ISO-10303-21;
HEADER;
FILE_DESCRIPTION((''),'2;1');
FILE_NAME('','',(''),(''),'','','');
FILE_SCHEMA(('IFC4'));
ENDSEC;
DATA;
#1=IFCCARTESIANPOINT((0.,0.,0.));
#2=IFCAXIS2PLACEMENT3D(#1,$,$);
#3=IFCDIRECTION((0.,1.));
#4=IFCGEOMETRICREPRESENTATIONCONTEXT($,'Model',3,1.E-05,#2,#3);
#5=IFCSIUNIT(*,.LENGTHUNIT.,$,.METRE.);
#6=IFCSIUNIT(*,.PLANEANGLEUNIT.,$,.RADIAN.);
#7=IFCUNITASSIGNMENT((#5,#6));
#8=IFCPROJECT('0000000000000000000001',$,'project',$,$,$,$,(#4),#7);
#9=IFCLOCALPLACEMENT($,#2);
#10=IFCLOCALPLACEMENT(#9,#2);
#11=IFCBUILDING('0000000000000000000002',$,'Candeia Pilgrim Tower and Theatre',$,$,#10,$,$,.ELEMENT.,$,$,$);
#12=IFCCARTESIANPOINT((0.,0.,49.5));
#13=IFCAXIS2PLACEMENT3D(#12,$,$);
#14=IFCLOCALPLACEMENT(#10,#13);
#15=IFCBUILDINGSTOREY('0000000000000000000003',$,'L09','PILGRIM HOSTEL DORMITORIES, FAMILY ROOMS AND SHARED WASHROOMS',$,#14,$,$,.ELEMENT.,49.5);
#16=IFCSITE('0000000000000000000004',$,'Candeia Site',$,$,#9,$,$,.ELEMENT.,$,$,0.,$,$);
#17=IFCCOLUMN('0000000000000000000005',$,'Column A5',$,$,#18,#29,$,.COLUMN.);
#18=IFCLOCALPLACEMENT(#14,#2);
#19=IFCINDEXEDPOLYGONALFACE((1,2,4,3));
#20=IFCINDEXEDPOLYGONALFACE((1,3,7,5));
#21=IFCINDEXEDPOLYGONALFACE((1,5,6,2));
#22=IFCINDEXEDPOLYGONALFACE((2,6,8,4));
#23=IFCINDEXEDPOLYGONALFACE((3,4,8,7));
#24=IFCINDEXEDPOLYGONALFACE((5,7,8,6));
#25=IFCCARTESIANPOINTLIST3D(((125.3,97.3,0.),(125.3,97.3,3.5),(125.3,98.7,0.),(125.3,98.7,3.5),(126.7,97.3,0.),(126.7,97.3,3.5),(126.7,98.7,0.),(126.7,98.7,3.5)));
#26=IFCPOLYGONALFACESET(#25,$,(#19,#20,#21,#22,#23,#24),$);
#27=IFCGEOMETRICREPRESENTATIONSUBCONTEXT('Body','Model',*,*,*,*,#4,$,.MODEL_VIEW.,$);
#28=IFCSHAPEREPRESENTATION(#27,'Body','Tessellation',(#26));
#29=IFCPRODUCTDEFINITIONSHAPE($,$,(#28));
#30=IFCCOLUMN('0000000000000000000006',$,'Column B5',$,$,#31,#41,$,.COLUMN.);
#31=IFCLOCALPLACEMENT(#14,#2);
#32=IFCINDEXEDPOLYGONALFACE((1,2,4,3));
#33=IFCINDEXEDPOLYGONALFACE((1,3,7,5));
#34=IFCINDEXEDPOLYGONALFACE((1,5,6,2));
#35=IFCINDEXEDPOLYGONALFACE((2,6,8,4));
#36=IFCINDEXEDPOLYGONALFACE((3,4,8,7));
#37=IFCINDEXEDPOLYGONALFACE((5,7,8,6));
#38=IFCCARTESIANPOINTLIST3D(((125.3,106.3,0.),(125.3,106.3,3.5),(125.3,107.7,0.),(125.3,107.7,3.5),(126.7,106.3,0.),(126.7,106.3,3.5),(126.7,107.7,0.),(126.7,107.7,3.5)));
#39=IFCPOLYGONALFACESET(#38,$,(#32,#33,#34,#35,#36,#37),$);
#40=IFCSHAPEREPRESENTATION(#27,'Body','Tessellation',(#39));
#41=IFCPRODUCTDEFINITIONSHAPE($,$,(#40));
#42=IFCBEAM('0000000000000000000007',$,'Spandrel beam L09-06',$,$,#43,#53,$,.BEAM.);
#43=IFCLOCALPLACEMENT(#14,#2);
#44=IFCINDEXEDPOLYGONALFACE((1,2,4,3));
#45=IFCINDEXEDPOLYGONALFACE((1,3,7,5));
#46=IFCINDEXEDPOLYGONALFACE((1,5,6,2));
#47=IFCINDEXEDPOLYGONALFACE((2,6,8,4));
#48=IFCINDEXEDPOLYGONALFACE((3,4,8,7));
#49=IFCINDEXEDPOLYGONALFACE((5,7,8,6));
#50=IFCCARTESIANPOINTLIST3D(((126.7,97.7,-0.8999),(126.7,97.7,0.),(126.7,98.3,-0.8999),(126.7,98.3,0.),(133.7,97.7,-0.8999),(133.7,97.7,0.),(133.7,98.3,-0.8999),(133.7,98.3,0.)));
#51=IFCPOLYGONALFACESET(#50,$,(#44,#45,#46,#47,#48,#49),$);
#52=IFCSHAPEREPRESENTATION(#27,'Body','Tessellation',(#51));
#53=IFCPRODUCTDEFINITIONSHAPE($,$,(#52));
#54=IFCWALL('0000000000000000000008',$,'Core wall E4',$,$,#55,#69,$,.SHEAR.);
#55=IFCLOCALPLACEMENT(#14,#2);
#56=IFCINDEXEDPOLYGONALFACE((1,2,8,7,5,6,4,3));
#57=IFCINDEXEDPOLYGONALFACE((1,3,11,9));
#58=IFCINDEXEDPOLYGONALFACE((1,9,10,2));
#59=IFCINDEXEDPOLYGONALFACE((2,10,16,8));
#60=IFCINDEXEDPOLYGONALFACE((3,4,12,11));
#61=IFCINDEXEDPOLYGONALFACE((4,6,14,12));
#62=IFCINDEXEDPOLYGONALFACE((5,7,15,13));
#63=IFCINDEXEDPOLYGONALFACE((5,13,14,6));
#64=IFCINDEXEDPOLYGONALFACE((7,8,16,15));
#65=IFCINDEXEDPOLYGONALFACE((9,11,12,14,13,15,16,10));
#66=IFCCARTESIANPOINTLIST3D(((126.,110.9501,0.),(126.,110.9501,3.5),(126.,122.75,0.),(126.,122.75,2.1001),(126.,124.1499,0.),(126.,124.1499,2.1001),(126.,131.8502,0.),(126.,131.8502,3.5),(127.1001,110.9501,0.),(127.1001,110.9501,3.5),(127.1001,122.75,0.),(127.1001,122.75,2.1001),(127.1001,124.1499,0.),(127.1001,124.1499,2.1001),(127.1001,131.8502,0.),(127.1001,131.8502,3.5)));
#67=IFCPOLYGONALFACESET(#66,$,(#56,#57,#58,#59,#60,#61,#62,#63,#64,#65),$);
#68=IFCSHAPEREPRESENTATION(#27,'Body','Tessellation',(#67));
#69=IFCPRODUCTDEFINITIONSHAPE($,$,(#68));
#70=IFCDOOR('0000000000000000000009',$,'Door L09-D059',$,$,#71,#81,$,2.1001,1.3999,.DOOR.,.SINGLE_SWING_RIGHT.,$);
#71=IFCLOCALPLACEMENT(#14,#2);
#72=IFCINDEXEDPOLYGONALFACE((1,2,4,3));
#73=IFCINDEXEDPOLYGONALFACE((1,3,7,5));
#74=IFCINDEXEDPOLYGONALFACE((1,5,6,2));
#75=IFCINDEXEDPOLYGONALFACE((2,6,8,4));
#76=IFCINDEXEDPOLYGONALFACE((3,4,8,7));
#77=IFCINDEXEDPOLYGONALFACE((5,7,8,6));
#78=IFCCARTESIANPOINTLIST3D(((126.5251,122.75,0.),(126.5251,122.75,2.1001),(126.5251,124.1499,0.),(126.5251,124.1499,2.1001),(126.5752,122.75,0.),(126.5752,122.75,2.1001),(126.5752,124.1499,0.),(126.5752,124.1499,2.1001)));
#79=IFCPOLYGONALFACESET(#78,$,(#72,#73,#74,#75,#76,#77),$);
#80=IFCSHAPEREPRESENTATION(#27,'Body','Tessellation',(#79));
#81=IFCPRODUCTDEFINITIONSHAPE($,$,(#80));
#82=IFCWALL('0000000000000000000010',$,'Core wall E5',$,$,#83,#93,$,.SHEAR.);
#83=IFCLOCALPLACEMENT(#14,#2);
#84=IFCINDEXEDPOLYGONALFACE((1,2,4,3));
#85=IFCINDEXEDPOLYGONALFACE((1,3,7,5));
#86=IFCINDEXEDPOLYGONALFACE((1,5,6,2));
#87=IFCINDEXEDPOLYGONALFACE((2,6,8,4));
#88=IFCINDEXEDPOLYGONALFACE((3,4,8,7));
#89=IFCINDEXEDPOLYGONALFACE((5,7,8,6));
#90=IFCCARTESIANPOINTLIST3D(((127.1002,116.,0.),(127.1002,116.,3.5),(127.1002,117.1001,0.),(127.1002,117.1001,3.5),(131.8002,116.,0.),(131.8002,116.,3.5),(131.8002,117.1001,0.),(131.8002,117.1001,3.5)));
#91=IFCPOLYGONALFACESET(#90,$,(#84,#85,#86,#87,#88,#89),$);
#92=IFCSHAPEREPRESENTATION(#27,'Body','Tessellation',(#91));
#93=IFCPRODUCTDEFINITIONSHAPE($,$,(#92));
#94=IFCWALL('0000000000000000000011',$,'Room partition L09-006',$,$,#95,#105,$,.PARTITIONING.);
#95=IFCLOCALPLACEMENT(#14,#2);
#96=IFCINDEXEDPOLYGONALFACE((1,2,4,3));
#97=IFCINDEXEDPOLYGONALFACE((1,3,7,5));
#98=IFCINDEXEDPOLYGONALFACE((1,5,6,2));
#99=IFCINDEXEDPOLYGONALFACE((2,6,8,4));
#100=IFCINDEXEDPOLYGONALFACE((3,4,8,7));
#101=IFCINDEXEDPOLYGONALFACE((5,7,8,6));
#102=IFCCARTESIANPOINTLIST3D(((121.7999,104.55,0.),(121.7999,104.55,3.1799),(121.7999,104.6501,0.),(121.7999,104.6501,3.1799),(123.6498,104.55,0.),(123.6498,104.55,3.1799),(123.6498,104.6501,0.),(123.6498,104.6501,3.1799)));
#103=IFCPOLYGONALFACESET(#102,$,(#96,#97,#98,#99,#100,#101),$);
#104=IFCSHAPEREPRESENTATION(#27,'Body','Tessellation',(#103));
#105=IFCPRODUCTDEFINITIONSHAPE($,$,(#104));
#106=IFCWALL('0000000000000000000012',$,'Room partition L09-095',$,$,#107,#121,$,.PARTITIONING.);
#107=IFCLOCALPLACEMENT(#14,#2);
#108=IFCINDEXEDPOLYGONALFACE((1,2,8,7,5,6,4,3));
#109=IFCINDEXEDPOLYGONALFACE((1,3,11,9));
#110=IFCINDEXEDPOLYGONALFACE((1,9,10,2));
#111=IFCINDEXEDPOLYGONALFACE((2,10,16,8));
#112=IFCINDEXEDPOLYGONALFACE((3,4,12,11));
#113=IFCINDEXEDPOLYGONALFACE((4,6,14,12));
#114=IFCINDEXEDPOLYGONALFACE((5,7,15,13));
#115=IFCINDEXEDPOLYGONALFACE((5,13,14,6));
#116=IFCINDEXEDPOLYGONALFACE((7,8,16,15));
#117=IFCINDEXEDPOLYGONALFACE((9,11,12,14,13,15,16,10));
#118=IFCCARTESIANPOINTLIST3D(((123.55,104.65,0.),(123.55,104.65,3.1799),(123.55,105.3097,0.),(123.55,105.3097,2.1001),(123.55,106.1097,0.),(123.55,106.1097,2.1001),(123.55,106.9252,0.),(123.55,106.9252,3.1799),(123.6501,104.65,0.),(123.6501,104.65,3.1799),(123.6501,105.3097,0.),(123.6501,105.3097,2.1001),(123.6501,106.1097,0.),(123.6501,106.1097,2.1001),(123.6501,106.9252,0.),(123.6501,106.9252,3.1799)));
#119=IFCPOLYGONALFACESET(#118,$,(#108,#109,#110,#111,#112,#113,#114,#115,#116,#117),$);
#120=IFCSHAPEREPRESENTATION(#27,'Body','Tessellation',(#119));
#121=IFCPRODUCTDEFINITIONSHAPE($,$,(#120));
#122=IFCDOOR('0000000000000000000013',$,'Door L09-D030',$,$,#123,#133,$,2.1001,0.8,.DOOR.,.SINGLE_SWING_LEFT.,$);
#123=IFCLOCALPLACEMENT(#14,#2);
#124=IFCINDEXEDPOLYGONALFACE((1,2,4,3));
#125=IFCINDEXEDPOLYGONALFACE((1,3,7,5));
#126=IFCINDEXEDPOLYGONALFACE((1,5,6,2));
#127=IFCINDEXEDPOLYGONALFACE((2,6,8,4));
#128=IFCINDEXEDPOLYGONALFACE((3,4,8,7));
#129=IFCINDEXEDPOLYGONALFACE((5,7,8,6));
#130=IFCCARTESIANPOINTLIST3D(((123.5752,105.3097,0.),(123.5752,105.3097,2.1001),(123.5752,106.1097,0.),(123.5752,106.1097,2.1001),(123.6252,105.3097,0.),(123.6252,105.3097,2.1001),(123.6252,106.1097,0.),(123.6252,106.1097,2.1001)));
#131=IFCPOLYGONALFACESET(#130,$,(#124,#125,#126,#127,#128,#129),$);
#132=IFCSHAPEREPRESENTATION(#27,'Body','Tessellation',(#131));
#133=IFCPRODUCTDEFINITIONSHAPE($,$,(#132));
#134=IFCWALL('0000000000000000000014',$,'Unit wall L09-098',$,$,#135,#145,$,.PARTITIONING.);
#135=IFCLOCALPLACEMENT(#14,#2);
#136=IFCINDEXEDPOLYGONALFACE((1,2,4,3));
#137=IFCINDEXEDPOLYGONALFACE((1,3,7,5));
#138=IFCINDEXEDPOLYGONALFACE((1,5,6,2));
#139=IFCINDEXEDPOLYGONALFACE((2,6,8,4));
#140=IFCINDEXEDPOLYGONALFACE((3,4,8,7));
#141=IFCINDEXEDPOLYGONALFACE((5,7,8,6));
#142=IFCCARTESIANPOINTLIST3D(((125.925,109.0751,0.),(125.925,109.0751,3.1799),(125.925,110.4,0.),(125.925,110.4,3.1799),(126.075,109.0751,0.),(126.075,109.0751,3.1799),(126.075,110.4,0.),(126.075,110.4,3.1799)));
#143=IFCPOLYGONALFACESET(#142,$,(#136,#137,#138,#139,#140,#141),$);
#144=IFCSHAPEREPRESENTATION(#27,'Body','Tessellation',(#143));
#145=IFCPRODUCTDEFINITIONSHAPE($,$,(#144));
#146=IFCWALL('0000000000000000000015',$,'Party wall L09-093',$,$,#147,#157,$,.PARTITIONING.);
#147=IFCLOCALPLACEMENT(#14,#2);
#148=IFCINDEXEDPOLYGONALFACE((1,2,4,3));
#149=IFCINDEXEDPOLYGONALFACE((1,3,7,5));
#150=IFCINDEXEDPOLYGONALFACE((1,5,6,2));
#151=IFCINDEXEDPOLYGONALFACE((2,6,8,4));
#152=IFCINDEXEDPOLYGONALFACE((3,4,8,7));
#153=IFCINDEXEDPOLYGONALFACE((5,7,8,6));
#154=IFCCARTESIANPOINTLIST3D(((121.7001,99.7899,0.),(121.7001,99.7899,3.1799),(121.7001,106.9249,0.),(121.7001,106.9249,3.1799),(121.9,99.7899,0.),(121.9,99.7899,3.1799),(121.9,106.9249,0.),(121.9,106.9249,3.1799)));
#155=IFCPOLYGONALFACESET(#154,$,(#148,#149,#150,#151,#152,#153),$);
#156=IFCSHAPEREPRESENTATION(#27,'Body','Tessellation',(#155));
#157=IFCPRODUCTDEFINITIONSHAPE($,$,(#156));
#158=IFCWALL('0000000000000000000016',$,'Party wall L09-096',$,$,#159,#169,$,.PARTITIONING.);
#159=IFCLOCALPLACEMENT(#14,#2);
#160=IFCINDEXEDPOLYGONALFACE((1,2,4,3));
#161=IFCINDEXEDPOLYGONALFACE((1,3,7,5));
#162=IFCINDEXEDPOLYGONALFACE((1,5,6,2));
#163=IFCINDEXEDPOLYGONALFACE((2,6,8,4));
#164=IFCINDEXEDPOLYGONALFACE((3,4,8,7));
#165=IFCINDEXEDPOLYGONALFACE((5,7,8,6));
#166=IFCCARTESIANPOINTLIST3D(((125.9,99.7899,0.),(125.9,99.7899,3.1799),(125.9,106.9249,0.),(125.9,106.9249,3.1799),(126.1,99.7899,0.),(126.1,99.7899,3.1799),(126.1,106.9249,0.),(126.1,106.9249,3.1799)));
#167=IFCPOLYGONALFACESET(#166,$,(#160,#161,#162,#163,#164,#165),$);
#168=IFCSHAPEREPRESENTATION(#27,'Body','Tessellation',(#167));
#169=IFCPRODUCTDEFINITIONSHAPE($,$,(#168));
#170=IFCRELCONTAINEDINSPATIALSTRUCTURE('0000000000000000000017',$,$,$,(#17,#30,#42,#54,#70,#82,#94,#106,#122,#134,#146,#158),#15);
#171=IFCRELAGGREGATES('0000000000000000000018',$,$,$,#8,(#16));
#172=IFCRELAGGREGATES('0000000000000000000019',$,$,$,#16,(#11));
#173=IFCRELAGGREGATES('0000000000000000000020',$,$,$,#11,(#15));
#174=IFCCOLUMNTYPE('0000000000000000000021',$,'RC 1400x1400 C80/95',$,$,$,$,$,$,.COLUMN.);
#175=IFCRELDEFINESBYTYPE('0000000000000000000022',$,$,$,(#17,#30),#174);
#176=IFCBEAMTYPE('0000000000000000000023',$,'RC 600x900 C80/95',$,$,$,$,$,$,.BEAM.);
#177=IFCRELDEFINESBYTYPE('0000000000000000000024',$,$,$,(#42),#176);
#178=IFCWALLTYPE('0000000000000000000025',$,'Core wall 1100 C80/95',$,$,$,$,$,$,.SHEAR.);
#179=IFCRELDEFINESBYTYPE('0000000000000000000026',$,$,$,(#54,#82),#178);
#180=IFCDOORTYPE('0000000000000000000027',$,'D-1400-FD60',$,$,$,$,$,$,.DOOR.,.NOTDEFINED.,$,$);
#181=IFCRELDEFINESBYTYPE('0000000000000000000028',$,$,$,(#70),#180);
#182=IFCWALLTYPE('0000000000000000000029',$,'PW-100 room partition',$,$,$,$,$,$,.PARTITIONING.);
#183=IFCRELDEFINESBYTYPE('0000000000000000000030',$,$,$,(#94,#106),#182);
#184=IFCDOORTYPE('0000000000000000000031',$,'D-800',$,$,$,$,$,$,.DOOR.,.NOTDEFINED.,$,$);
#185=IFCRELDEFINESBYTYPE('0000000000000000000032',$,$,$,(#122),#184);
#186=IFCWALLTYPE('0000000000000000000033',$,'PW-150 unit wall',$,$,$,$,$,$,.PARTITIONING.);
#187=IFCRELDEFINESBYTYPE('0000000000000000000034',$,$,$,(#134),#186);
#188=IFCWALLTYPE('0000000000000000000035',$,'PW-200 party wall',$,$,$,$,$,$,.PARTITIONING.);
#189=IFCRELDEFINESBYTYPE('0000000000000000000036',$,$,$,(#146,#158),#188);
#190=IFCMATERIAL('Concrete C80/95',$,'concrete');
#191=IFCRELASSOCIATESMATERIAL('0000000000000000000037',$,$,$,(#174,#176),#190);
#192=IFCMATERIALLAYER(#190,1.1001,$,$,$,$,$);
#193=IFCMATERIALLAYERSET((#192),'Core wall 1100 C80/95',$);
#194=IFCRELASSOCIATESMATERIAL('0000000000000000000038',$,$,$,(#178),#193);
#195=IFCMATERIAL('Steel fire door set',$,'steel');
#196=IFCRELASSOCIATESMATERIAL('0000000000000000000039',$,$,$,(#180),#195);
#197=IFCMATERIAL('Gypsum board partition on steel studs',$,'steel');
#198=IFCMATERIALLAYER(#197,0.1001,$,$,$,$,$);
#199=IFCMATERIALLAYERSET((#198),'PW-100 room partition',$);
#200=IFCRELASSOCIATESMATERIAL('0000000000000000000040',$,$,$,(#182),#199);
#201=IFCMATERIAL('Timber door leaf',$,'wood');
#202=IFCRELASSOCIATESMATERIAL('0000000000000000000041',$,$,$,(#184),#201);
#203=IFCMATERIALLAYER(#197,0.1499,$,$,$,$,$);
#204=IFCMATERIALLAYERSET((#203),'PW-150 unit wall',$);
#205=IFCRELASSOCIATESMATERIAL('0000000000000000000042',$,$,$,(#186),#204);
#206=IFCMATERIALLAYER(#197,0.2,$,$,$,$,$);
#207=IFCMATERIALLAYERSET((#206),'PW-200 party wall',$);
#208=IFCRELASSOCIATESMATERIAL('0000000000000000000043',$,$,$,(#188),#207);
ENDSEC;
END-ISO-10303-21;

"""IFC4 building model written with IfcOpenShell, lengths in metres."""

from ifc_helpers import new_model, si_unit, direction, frame, frame_2d, origin, origin_2d, place, context, subcontext, project, spatial, rectangle, extrude, material, layer, layer_set, material_profile, profile_set, type_object, element, fill, save


model = new_model("IFC4")

# Units and contexts
model_context = context("Model", 3, precision=1e-05, world=origin(), true_north=direction((0.0, 1.0)))
body_context = subcontext(model_context, "Body", "Model", "MODEL_VIEW")
ifc_project = project(units=[si_unit("LENGTHUNIT", "METRE"), si_unit("PLANEANGLEUNIT", "RADIAN")], contexts=[model_context])

# Site, building, storey
site_placement = place(None, origin())
site = spatial("IfcSite", under=ifc_project, at=site_placement, Name="Candeia Site", CompositionType="ELEMENT", RefElevation=0.0)
building_placement = place(site_placement, origin())
building = spatial("IfcBuilding", under=site, at=building_placement, Name="Candeia Pilgrim Tower and Theatre", CompositionType="ELEMENT")
storey_placement = place(building_placement, frame((0.0, 0.0, 49.5)))
storey = spatial("IfcBuildingStorey", under=building, at=storey_placement, Name="L09", Description="PILGRIM HOSTEL DORMITORIES, FAMILY ROOMS AND SHARED WASHROOMS", CompositionType="ELEMENT", Elevation=49.5)

# Columns
ifc_material_1 = material(Name="Concrete C80/95", Category="concrete")
ifc_material_profile_1 = material_profile(ifc_material_1, rectangle(XDim=1.3999, YDim=1.3999, at=origin_2d()))
ifc_profile_set_1 = profile_set([ifc_material_profile_1], Name="Concrete C80/95")
column_type = type_object("IfcColumnType", Name="RC 1400x1400 C80/95", PredefinedType="COLUMN", material=ifc_profile_set_1)
for number, where, z_axis, x_axis, name in (
    (1, (126.0, 98.0, 0.0), (0.0, 0.0, 1.0), (1.0, 0.0, 0.0), "Column A5"),
    (2, (126.0, 107.0, 0.0), (0.0, 0.0, 1.0), (1.0, 0.0, 0.0), "Column B5"),
):
    element("IfcColumn", number, at=place(storey_placement, frame(where, z_axis=z_axis, x_axis=x_axis)), inside=storey, type_object=column_type, Name=name, PredefinedType="COLUMN", context=body_context, shape_type="SweptSolid", body=[
        extrude(rectangle(XDim=1.3999, YDim=1.3999, at=origin_2d()), origin(), (0.0, 0.0, 1.0), 3.5),
    ])

# Beam
ifc_material_profile_2 = material_profile(ifc_material_1, rectangle(XDim=0.6001, YDim=0.8999, at=origin_2d()))
ifc_profile_set_2 = profile_set([ifc_material_profile_2], Name="Concrete C80/95")
beam_type = type_object("IfcBeamType", Name="RC 600x900 C80/95", PredefinedType="BEAM", material=ifc_profile_set_2)
beam_placement = place(storey_placement, frame((126.7, 98.0, -0.45), z_axis=(1.0, 0.0, 0.0), x_axis=(0.0, 1.0, 0.0)))
element("IfcBeam", 3, at=beam_placement, inside=storey, type_object=beam_type, Name="Spandrel beam L09-06", PredefinedType="BEAM", context=body_context, shape_type="SweptSolid", body=[
    extrude(rectangle(XDim=0.6001, YDim=0.8999, at=origin_2d()), origin(), (0.0, 0.0, 1.0), 7.0),
])

# Wall, opening, door
ifc_layer_1 = layer(ifc_material_1, 1.1001)
ifc_layer_set_1 = layer_set([ifc_layer_1], Name="Core wall 1100 C80/95")
wall_type_1 = type_object("IfcWallType", Name="Core wall 1100 C80/95", PredefinedType="SHEAR", material=ifc_layer_set_1)
wall_1_placement = place(storey_placement, frame((126.55, 110.95, 0.0), z_axis=(0.0, 0.0, 1.0), x_axis=(0.0, 1.0, 0.0)))
wall_1 = element("IfcWall", 4, at=wall_1_placement, inside=storey, type_object=wall_type_1, Name="Core wall E4", PredefinedType="SHEAR", context=body_context, shape_type="SweptSolid", body=[
    extrude(rectangle(XDim=20.9001, YDim=1.1001, at=frame_2d((10.4502, 0.0))), origin(), (0.0, 0.0, 1.0), 3.5),
])
opening_1_placement = place(wall_1_placement, frame((11.8, 0.0, 0.0)))
opening_1 = element("IfcOpeningElement", 5, at=opening_1_placement, cuts=wall_1, PredefinedType="OPENING", context=body_context, shape_type="SweptSolid", body=[
    extrude(rectangle(XDim=1.3999, YDim=2.1001, at=frame_2d((0.7, 1.05))), frame((0.0, 0.5601, 0.0), z_axis=(0.0, -1.0, 0.0), x_axis=(1.0, 0.0, 0.0)), (0.0, 0.0, 1.0), 1.1201),
])
ifc_material_2 = material(Name="Steel fire door set", Category="steel")
door_type_1 = type_object("IfcDoorType", Name="D-1400-FD60", OperationType="NOTDEFINED", PredefinedType="DOOR", material=ifc_material_2)
door_1_placement = place(opening_1_placement, origin())
door_1 = element("IfcDoor", 6, at=door_1_placement, inside=storey, type_object=door_type_1, Name="Door L09-D059", OperationType="SINGLE_SWING_RIGHT", OverallHeight=2.1001, OverallWidth=1.3999, PredefinedType="DOOR", context=body_context, shape_type="SweptSolid", body=[
    extrude(rectangle(XDim=1.3999, YDim=2.1001, at=frame_2d((0.7, 1.05))), frame((0.0, 0.0249, 0.0), z_axis=(0.0, -1.0, 0.0), x_axis=(1.0, 0.0, 0.0)), (0.0, 0.0, 1.0), 0.05),
])
fill(opening_1, door_1)

# Walls
wall_2_placement = place(storey_placement, frame((127.1001, 116.55, 0.0), z_axis=(0.0, 0.0, 1.0), x_axis=(1.0, 0.0, 0.0)))
element("IfcWall", 7, at=wall_2_placement, inside=storey, type_object=wall_type_1, Name="Core wall E5", PredefinedType="SHEAR", context=body_context, shape_type="SweptSolid", body=[
    extrude(rectangle(XDim=4.7, YDim=1.1001, at=frame_2d((2.3501, 0.0))), origin(), (0.0, 0.0, 1.0), 3.5),
])
ifc_material_3 = material(Name="Gypsum board partition on steel studs", Category="steel")
ifc_layer_2 = layer(ifc_material_3, 0.1001)
ifc_layer_set_2 = layer_set([ifc_layer_2], Name="PW-100 room partition")
wall_type_2 = type_object("IfcWallType", Name="PW-100 room partition", PredefinedType="PARTITIONING", material=ifc_layer_set_2)
wall_3_placement = place(storey_placement, frame((121.8, 104.6001, 0.0), z_axis=(0.0, 0.0, 1.0), x_axis=(1.0, 0.0, 0.0)))
element("IfcWall", 8, at=wall_3_placement, inside=storey, type_object=wall_type_2, Name="Room partition L09-006", PredefinedType="PARTITIONING", context=body_context, shape_type="SweptSolid", body=[
    extrude(rectangle(XDim=1.8499, YDim=0.1001, at=frame_2d((0.9248, 0.0))), origin(), (0.0, 0.0, 1.0), 3.1799),
])

# Wall, opening, door
wall_4_placement = place(storey_placement, frame((123.6001, 104.6499, 0.0), z_axis=(0.0, 0.0, 1.0), x_axis=(0.0, 1.0, 0.0)))
wall_4 = element("IfcWall", 9, at=wall_4_placement, inside=storey, type_object=wall_type_2, Name="Room partition L09-095", PredefinedType="PARTITIONING", context=body_context, shape_type="SweptSolid", body=[
    extrude(rectangle(XDim=2.2751, YDim=0.1001, at=frame_2d((1.1377, 0.0))), origin(), (0.0, 0.0, 1.0), 3.1799),
])
opening_2_placement = place(wall_4_placement, frame((0.6599, 0.0, 0.0)))
opening_2 = element("IfcOpeningElement", 10, at=opening_2_placement, cuts=wall_4, PredefinedType="OPENING", context=body_context, shape_type="SweptSolid", body=[
    extrude(rectangle(XDim=0.8, YDim=2.1001, at=frame_2d((0.3999, 1.05))), frame((0.0, 0.0601, 0.0), z_axis=(0.0, -1.0, 0.0), x_axis=(1.0, 0.0, 0.0)), (0.0, 0.0, 1.0), 0.1201),
])
ifc_material_4 = material(Name="Timber door leaf", Category="wood")
door_type_2 = type_object("IfcDoorType", Name="D-800", OperationType="NOTDEFINED", PredefinedType="DOOR", material=ifc_material_4)
door_2_placement = place(opening_2_placement, origin())
door_2 = element("IfcDoor", 11, at=door_2_placement, inside=storey, type_object=door_type_2, Name="Door L09-D030", OperationType="SINGLE_SWING_LEFT", OverallHeight=2.1001, OverallWidth=0.8, PredefinedType="DOOR", context=body_context, shape_type="SweptSolid", body=[
    extrude(rectangle(XDim=0.8, YDim=2.1001, at=frame_2d((0.3999, 1.05))), frame((0.0, 0.0249, 0.0), z_axis=(0.0, -1.0, 0.0), x_axis=(1.0, 0.0, 0.0)), (0.0, 0.0, 1.0), 0.05),
])
fill(opening_2, door_2)

# Walls
ifc_layer_3 = layer(ifc_material_3, 0.1499)
ifc_layer_set_3 = layer_set([ifc_layer_3], Name="PW-150 unit wall")
wall_type_3 = type_object("IfcWallType", Name="PW-150 unit wall", PredefinedType="PARTITIONING", material=ifc_layer_set_3)
wall_5_placement = place(storey_placement, frame((126.0, 109.075, 0.0), z_axis=(0.0, 0.0, 1.0), x_axis=(0.0, 1.0, 0.0)))
element("IfcWall", 12, at=wall_5_placement, inside=storey, type_object=wall_type_3, Name="Unit wall L09-098", PredefinedType="PARTITIONING", context=body_context, shape_type="SweptSolid", body=[
    extrude(rectangle(XDim=1.325, YDim=0.1499, at=frame_2d((0.6626, 0.0))), origin(), (0.0, 0.0, 1.0), 3.1799),
])
ifc_layer_4 = layer(ifc_material_3, 0.2)
ifc_layer_set_4 = layer_set([ifc_layer_4], Name="PW-200 party wall")
wall_type_4 = type_object("IfcWallType", Name="PW-200 party wall", PredefinedType="PARTITIONING", material=ifc_layer_set_4)
for number, where, z_axis, x_axis, name in (
    (13, (121.8, 99.79, 0.0), (0.0, 0.0, 1.0), (0.0, 1.0, 0.0), "Party wall L09-093"),
    (14, (126.0, 99.79, 0.0), (0.0, 0.0, 1.0), (0.0, 1.0, 0.0), "Party wall L09-096"),
):
    element("IfcWall", number, at=place(storey_placement, frame(where, z_axis=z_axis, x_axis=x_axis)), inside=storey, type_object=wall_type_4, Name=name, PredefinedType="PARTITIONING", context=body_context, shape_type="SweptSolid", body=[
        extrude(rectangle(XDim=7.135, YDim=0.2, at=frame_2d((3.5674, 0.0))), origin(), (0.0, 0.0, 1.0), 3.1799),
    ])

save(model, "model.ifc")
